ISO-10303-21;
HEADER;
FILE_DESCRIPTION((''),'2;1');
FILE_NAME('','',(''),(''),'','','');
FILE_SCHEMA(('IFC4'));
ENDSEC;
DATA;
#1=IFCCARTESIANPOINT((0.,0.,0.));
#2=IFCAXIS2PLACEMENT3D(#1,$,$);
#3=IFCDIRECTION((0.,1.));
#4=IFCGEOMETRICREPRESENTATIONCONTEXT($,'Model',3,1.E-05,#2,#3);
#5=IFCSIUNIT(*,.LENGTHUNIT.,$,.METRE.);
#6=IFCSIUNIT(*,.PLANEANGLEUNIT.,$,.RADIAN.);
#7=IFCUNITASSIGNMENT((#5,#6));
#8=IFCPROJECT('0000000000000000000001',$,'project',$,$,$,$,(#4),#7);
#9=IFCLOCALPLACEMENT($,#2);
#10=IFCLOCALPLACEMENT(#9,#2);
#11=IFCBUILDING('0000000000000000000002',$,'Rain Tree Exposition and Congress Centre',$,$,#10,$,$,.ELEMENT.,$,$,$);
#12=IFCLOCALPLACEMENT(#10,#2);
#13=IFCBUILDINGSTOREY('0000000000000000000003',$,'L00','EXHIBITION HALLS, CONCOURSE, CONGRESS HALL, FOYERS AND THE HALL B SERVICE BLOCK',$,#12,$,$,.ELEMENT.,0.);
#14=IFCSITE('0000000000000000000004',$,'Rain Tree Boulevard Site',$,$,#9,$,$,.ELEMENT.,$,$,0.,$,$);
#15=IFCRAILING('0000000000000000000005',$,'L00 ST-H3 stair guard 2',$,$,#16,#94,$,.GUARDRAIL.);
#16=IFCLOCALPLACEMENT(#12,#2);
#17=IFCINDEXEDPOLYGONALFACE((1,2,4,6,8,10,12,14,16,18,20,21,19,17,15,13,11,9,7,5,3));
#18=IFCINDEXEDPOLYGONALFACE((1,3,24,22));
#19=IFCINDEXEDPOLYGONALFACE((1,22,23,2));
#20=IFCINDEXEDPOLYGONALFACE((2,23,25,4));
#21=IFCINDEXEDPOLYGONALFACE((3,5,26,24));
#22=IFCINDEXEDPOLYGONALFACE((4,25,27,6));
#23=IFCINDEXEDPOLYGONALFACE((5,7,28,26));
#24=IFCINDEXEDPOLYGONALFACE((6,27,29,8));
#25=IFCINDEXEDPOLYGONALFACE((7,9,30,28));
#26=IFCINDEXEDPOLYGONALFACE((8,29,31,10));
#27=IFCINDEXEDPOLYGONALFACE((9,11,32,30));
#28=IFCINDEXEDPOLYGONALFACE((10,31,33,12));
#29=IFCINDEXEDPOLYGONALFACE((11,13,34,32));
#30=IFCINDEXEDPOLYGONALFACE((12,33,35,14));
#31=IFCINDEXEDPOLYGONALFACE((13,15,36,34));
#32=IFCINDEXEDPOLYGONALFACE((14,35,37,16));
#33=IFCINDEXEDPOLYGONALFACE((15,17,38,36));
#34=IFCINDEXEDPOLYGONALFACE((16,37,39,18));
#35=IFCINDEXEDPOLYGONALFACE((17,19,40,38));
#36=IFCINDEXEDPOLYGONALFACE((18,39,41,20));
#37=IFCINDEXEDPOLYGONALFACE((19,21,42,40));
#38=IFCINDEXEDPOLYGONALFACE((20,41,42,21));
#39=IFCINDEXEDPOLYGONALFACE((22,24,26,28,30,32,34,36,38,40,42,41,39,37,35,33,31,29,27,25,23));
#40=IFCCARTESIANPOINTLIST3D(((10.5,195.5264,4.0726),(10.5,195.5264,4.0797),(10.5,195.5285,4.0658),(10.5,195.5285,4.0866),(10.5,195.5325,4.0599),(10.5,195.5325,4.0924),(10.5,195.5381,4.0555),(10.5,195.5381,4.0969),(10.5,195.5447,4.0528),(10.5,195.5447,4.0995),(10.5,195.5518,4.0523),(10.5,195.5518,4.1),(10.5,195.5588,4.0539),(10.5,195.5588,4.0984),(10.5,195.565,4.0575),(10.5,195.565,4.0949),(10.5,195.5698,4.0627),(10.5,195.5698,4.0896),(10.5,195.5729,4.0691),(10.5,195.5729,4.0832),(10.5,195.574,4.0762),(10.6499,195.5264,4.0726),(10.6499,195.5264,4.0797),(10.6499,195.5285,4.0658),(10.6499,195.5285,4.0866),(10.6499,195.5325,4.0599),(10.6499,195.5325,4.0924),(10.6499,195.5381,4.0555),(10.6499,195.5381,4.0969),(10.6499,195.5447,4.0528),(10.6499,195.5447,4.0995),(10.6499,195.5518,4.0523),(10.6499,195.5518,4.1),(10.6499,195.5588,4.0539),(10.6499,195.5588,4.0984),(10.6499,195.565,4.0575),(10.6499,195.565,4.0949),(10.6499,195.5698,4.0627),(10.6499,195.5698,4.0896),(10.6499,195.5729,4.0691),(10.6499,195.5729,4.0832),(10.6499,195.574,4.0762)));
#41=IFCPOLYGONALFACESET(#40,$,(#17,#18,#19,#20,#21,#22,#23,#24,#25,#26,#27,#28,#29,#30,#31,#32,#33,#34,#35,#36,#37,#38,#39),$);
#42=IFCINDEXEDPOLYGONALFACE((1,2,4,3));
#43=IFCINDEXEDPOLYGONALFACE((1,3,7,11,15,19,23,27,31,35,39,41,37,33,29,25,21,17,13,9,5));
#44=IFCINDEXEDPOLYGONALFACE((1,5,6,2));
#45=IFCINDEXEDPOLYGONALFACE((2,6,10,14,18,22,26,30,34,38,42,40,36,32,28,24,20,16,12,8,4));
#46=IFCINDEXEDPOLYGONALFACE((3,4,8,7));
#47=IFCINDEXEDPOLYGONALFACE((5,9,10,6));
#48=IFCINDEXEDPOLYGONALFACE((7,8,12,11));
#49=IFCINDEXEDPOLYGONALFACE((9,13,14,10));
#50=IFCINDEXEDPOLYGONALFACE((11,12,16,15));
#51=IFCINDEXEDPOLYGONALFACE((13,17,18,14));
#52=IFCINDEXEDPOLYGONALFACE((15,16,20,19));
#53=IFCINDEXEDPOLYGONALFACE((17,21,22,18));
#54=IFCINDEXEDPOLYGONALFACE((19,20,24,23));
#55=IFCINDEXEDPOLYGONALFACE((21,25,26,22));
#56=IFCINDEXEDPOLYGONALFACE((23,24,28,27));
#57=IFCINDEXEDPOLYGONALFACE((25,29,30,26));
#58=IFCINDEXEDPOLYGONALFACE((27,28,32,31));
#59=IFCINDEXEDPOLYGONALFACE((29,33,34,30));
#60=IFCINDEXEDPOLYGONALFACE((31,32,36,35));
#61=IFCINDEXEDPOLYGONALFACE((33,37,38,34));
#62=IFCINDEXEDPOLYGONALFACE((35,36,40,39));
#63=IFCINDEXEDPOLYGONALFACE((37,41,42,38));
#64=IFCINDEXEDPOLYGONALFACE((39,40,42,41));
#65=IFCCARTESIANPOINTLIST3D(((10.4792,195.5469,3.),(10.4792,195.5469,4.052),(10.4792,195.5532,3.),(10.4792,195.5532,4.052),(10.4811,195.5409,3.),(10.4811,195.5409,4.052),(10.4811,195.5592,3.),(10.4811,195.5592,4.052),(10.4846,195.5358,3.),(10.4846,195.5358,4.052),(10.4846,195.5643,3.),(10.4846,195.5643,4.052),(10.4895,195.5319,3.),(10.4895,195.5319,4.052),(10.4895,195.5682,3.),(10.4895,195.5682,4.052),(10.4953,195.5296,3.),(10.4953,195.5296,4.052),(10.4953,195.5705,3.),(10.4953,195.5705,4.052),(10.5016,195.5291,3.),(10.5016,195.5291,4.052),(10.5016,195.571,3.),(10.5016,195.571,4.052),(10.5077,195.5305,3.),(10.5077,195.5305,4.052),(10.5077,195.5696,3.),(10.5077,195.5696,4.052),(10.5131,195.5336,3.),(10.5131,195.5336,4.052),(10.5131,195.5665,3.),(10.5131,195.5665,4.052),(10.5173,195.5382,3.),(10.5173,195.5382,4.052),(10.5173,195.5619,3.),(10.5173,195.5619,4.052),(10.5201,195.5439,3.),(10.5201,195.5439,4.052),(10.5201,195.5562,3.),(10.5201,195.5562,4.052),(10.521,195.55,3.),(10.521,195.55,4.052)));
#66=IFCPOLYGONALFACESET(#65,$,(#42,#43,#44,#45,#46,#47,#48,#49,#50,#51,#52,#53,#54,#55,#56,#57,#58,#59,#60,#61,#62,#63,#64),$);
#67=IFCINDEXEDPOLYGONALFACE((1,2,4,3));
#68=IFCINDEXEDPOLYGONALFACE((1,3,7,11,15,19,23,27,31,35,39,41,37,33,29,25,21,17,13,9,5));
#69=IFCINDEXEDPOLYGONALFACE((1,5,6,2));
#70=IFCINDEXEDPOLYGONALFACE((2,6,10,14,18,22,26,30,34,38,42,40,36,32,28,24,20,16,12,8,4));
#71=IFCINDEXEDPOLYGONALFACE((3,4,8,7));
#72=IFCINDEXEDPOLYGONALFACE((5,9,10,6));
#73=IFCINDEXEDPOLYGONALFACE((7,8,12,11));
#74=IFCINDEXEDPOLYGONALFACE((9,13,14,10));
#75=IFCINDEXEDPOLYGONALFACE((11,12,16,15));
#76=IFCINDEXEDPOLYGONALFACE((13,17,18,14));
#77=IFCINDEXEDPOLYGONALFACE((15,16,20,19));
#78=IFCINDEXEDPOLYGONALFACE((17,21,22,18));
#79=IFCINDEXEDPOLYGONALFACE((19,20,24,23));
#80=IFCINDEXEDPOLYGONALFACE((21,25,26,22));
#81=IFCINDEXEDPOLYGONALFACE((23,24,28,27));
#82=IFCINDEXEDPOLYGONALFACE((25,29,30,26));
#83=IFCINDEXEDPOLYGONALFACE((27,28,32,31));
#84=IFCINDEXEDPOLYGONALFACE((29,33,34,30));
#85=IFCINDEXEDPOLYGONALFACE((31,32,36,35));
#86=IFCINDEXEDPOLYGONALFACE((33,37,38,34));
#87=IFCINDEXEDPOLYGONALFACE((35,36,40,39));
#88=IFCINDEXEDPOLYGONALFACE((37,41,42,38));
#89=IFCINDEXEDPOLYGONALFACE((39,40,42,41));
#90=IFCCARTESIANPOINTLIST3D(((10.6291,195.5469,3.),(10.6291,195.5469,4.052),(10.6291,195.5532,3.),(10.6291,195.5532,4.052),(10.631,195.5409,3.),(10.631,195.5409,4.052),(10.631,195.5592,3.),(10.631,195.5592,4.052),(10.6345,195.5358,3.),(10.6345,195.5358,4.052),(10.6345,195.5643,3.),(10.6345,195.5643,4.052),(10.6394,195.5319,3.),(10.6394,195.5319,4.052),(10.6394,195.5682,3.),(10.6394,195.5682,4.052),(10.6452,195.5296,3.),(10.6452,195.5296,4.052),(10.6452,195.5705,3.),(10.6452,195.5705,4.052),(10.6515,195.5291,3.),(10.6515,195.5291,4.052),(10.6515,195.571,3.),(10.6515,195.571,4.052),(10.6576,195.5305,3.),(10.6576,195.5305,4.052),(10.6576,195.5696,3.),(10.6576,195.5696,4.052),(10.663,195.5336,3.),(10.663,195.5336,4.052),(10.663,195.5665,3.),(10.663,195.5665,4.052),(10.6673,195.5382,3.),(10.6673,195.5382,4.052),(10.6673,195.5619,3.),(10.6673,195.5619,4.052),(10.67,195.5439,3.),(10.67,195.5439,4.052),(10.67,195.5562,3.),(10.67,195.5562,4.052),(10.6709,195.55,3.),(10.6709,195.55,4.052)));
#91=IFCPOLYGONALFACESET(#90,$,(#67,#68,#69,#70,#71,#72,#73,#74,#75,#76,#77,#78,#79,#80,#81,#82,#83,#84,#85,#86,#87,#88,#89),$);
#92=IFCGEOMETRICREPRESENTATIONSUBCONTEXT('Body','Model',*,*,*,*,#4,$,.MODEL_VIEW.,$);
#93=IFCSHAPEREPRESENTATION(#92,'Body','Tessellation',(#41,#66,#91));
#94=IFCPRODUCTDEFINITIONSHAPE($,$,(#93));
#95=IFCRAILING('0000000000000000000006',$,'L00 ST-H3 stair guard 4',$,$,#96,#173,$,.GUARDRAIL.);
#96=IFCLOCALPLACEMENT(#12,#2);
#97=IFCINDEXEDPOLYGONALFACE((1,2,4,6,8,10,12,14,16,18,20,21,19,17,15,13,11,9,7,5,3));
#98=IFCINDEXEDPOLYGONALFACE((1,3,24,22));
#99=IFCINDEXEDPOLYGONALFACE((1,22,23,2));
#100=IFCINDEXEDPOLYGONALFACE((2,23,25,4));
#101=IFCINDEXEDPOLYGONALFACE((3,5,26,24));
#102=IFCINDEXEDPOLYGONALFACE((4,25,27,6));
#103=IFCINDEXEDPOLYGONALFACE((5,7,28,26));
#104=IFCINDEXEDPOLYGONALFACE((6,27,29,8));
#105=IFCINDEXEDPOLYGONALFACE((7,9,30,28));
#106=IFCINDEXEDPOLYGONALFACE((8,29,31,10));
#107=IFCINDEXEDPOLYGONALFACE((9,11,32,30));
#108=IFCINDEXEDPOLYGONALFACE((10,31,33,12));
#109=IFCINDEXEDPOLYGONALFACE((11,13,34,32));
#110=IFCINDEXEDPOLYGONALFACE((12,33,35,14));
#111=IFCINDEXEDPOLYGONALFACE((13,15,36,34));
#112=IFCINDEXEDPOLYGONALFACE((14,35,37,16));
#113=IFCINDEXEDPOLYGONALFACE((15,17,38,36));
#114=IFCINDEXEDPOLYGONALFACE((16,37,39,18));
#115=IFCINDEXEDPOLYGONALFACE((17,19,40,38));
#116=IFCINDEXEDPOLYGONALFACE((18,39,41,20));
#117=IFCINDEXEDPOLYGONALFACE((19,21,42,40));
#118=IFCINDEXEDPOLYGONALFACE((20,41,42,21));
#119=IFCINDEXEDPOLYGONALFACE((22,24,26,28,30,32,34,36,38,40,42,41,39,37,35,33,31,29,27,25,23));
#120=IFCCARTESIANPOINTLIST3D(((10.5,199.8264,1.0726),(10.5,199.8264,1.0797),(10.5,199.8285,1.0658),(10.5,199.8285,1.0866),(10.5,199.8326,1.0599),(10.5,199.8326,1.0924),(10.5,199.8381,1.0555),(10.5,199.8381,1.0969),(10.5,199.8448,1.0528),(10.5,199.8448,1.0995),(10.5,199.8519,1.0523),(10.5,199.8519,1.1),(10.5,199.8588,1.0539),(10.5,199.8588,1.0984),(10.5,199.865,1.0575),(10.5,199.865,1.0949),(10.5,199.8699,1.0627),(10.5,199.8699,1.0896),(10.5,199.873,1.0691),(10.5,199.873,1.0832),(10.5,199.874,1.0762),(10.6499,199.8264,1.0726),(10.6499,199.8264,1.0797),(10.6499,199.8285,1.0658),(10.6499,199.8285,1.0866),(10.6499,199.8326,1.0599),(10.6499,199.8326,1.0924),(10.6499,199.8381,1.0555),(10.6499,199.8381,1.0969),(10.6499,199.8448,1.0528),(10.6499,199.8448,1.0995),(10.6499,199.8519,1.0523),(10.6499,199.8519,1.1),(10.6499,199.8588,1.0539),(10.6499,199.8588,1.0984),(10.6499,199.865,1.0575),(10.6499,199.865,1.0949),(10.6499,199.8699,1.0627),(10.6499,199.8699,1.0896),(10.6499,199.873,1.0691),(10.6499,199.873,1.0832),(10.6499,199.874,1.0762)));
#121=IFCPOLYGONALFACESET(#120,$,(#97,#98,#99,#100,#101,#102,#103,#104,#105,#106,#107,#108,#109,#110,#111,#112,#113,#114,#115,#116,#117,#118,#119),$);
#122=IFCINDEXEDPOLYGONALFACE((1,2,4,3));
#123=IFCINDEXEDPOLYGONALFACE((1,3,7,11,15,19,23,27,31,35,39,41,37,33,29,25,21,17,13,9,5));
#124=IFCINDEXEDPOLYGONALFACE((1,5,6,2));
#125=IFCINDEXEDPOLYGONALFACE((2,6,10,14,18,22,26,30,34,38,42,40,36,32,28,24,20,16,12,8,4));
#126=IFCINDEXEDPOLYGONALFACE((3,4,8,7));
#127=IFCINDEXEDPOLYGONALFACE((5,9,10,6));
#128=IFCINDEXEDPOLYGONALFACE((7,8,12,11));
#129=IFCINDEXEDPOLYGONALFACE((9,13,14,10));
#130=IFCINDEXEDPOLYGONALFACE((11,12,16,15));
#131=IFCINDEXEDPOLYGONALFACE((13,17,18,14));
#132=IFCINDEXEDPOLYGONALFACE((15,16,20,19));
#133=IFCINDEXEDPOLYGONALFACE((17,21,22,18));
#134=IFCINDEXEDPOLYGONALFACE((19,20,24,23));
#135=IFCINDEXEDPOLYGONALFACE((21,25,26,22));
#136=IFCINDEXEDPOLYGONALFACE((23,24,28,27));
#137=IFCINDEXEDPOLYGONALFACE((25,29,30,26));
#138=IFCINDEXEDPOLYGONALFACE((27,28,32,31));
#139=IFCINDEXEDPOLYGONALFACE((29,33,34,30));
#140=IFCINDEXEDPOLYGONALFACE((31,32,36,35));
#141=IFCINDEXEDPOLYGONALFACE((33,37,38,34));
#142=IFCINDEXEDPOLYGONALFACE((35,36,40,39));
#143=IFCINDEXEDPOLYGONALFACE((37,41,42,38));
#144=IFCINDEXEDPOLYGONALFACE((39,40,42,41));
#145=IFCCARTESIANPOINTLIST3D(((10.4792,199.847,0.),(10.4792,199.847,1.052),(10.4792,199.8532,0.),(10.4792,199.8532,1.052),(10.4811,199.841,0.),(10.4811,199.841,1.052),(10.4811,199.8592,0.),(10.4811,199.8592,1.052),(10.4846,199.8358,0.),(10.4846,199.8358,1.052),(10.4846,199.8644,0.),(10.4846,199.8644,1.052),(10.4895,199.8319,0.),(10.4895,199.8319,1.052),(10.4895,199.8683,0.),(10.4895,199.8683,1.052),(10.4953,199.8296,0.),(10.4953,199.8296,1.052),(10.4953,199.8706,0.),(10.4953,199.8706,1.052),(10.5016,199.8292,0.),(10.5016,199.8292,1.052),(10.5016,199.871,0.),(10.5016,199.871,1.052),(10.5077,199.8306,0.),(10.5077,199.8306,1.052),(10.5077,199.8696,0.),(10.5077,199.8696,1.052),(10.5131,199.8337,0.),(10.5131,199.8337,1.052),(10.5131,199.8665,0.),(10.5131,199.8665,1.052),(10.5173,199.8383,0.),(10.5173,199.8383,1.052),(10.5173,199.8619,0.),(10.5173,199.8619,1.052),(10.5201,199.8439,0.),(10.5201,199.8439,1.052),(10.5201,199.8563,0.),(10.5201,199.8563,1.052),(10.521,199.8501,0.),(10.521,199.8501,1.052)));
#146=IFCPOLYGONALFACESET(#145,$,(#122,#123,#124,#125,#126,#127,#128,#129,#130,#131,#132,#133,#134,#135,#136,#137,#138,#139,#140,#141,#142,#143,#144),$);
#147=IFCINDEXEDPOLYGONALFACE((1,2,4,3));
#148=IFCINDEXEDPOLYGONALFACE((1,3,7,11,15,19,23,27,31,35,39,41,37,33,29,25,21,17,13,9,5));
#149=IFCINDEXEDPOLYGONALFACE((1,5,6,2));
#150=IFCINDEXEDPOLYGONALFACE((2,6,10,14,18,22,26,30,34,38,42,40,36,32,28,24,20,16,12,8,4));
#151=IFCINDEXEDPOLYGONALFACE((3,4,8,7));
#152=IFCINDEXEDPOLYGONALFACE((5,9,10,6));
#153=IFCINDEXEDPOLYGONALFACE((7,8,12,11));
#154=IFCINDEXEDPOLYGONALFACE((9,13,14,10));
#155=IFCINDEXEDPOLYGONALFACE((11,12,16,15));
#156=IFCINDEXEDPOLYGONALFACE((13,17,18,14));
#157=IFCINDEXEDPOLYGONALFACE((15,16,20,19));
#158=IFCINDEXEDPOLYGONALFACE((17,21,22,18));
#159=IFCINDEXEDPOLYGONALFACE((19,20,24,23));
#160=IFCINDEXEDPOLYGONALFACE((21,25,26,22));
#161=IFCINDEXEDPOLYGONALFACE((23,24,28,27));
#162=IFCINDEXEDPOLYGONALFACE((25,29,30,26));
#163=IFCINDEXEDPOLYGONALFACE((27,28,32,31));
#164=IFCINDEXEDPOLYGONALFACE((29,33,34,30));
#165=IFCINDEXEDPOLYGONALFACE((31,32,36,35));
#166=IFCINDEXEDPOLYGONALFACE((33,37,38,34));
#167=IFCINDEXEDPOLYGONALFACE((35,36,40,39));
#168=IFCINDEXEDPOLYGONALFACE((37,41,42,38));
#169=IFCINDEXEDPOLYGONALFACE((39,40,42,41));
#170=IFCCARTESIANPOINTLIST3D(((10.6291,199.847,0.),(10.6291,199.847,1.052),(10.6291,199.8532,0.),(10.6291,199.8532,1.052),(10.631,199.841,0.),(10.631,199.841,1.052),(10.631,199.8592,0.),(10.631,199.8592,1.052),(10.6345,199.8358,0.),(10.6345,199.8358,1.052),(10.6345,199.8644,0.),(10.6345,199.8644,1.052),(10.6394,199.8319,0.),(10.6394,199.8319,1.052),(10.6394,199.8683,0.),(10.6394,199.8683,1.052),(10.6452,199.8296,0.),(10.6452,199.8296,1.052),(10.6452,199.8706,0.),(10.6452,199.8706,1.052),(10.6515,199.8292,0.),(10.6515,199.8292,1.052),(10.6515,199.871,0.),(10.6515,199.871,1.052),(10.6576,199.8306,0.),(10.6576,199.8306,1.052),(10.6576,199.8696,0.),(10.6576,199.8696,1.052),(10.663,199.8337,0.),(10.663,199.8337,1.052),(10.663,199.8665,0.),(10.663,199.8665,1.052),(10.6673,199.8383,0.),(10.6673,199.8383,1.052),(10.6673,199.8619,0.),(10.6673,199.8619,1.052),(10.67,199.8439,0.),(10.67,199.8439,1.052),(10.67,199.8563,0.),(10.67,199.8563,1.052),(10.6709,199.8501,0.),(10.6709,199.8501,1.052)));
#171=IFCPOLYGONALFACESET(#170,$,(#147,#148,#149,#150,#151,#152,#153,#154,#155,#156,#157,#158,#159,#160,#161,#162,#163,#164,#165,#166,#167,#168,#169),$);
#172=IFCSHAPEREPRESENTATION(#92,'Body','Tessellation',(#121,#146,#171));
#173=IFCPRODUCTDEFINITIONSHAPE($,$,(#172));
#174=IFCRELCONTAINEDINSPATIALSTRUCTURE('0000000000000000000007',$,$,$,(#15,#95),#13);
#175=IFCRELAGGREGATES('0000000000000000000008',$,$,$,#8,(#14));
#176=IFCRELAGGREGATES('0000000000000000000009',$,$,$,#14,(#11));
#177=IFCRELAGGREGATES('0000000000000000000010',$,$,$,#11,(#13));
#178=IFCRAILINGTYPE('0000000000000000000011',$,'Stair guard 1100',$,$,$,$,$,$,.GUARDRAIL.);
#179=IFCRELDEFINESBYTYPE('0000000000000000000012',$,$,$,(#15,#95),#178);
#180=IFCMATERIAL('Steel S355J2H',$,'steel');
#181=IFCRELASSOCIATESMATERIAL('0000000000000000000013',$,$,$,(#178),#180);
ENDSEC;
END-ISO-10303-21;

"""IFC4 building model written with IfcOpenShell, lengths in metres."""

from ifc_helpers import new_model, si_unit, direction, frame, origin, origin_2d, place, context, subcontext, project, spatial, circle, extrude, material, type_object, element, save


model = new_model("IFC4")

# Units and contexts
model_context = context("Model", 3, precision=1e-05, world=origin(), true_north=direction((0.0, 1.0)))
body_context = subcontext(model_context, "Body", "Model", "MODEL_VIEW")
ifc_project = project(units=[si_unit("LENGTHUNIT", "METRE"), si_unit("PLANEANGLEUNIT", "RADIAN")], contexts=[model_context])

# Site, building, storey
site_placement = place(None, origin())
site = spatial("IfcSite", under=ifc_project, at=site_placement, Name="Rain Tree Boulevard Site", CompositionType="ELEMENT", RefElevation=0.0)
building_placement = place(site_placement, origin())
building = spatial("IfcBuilding", under=site, at=building_placement, Name="Rain Tree Exposition and Congress Centre", CompositionType="ELEMENT")
storey_placement = place(building_placement, origin())
storey = spatial("IfcBuildingStorey", under=building, at=storey_placement, Name="L00", Description="EXHIBITION HALLS, CONCOURSE, CONGRESS HALL, FOYERS AND THE HALL B SERVICE BLOCK", CompositionType="ELEMENT", Elevation=0.0)

# Railings
ifc_material_1 = material(Name="Steel S355J2H", Category="steel")
railing_type_1 = type_object("IfcRailingType", Name="Stair guard 1100", PredefinedType="GUARDRAIL", material=ifc_material_1)
railing_1_placement = place(storey_placement, frame((10.5, 195.55, 3.0)))
element("IfcRailing", 1, at=railing_1_placement, inside=storey, type_object=railing_type_1, Name="L00 ST-H3 stair guard 2", PredefinedType="GUARDRAIL", context=body_context, shape_type="SweptSolid", body=[
    extrude(circle(Radius=0.0239, at=origin_2d()), frame((0.0, 0.0, 1.0762), z_axis=(1.0, 0.0, 0.0), x_axis=(0.0, 1.0, 0.0)), (0.0, 0.0, 1.0), 0.1499),
    extrude(circle(Radius=0.021, at=origin_2d()), origin(), (0.0, 0.0, 1.0), 1.052),
    extrude(circle(Radius=0.021, at=origin_2d()), frame((0.1499, 0.0, 0.0)), (0.0, 0.0, 1.0), 1.052),
])
railing_2_placement = place(storey_placement, frame((10.5, 199.8501, 0.0)))
element("IfcRailing", 2, at=railing_2_placement, inside=storey, type_object=railing_type_1, Name="L00 ST-H3 stair guard 4", PredefinedType="GUARDRAIL", context=body_context, shape_type="SweptSolid", body=[
    extrude(circle(Radius=0.0239, at=origin_2d()), frame((0.0, 0.0, 1.0762), z_axis=(1.0, 0.0, 0.0), x_axis=(0.0, 1.0, 0.0)), (0.0, 0.0, 1.0), 0.1499),
    extrude(circle(Radius=0.021, at=origin_2d()), origin(), (0.0, 0.0, 1.0), 1.052),
    extrude(circle(Radius=0.021, at=origin_2d()), frame((0.1499, 0.0, 0.0)), (0.0, 0.0, 1.0), 1.052),
])

save(model, "model.ifc")
